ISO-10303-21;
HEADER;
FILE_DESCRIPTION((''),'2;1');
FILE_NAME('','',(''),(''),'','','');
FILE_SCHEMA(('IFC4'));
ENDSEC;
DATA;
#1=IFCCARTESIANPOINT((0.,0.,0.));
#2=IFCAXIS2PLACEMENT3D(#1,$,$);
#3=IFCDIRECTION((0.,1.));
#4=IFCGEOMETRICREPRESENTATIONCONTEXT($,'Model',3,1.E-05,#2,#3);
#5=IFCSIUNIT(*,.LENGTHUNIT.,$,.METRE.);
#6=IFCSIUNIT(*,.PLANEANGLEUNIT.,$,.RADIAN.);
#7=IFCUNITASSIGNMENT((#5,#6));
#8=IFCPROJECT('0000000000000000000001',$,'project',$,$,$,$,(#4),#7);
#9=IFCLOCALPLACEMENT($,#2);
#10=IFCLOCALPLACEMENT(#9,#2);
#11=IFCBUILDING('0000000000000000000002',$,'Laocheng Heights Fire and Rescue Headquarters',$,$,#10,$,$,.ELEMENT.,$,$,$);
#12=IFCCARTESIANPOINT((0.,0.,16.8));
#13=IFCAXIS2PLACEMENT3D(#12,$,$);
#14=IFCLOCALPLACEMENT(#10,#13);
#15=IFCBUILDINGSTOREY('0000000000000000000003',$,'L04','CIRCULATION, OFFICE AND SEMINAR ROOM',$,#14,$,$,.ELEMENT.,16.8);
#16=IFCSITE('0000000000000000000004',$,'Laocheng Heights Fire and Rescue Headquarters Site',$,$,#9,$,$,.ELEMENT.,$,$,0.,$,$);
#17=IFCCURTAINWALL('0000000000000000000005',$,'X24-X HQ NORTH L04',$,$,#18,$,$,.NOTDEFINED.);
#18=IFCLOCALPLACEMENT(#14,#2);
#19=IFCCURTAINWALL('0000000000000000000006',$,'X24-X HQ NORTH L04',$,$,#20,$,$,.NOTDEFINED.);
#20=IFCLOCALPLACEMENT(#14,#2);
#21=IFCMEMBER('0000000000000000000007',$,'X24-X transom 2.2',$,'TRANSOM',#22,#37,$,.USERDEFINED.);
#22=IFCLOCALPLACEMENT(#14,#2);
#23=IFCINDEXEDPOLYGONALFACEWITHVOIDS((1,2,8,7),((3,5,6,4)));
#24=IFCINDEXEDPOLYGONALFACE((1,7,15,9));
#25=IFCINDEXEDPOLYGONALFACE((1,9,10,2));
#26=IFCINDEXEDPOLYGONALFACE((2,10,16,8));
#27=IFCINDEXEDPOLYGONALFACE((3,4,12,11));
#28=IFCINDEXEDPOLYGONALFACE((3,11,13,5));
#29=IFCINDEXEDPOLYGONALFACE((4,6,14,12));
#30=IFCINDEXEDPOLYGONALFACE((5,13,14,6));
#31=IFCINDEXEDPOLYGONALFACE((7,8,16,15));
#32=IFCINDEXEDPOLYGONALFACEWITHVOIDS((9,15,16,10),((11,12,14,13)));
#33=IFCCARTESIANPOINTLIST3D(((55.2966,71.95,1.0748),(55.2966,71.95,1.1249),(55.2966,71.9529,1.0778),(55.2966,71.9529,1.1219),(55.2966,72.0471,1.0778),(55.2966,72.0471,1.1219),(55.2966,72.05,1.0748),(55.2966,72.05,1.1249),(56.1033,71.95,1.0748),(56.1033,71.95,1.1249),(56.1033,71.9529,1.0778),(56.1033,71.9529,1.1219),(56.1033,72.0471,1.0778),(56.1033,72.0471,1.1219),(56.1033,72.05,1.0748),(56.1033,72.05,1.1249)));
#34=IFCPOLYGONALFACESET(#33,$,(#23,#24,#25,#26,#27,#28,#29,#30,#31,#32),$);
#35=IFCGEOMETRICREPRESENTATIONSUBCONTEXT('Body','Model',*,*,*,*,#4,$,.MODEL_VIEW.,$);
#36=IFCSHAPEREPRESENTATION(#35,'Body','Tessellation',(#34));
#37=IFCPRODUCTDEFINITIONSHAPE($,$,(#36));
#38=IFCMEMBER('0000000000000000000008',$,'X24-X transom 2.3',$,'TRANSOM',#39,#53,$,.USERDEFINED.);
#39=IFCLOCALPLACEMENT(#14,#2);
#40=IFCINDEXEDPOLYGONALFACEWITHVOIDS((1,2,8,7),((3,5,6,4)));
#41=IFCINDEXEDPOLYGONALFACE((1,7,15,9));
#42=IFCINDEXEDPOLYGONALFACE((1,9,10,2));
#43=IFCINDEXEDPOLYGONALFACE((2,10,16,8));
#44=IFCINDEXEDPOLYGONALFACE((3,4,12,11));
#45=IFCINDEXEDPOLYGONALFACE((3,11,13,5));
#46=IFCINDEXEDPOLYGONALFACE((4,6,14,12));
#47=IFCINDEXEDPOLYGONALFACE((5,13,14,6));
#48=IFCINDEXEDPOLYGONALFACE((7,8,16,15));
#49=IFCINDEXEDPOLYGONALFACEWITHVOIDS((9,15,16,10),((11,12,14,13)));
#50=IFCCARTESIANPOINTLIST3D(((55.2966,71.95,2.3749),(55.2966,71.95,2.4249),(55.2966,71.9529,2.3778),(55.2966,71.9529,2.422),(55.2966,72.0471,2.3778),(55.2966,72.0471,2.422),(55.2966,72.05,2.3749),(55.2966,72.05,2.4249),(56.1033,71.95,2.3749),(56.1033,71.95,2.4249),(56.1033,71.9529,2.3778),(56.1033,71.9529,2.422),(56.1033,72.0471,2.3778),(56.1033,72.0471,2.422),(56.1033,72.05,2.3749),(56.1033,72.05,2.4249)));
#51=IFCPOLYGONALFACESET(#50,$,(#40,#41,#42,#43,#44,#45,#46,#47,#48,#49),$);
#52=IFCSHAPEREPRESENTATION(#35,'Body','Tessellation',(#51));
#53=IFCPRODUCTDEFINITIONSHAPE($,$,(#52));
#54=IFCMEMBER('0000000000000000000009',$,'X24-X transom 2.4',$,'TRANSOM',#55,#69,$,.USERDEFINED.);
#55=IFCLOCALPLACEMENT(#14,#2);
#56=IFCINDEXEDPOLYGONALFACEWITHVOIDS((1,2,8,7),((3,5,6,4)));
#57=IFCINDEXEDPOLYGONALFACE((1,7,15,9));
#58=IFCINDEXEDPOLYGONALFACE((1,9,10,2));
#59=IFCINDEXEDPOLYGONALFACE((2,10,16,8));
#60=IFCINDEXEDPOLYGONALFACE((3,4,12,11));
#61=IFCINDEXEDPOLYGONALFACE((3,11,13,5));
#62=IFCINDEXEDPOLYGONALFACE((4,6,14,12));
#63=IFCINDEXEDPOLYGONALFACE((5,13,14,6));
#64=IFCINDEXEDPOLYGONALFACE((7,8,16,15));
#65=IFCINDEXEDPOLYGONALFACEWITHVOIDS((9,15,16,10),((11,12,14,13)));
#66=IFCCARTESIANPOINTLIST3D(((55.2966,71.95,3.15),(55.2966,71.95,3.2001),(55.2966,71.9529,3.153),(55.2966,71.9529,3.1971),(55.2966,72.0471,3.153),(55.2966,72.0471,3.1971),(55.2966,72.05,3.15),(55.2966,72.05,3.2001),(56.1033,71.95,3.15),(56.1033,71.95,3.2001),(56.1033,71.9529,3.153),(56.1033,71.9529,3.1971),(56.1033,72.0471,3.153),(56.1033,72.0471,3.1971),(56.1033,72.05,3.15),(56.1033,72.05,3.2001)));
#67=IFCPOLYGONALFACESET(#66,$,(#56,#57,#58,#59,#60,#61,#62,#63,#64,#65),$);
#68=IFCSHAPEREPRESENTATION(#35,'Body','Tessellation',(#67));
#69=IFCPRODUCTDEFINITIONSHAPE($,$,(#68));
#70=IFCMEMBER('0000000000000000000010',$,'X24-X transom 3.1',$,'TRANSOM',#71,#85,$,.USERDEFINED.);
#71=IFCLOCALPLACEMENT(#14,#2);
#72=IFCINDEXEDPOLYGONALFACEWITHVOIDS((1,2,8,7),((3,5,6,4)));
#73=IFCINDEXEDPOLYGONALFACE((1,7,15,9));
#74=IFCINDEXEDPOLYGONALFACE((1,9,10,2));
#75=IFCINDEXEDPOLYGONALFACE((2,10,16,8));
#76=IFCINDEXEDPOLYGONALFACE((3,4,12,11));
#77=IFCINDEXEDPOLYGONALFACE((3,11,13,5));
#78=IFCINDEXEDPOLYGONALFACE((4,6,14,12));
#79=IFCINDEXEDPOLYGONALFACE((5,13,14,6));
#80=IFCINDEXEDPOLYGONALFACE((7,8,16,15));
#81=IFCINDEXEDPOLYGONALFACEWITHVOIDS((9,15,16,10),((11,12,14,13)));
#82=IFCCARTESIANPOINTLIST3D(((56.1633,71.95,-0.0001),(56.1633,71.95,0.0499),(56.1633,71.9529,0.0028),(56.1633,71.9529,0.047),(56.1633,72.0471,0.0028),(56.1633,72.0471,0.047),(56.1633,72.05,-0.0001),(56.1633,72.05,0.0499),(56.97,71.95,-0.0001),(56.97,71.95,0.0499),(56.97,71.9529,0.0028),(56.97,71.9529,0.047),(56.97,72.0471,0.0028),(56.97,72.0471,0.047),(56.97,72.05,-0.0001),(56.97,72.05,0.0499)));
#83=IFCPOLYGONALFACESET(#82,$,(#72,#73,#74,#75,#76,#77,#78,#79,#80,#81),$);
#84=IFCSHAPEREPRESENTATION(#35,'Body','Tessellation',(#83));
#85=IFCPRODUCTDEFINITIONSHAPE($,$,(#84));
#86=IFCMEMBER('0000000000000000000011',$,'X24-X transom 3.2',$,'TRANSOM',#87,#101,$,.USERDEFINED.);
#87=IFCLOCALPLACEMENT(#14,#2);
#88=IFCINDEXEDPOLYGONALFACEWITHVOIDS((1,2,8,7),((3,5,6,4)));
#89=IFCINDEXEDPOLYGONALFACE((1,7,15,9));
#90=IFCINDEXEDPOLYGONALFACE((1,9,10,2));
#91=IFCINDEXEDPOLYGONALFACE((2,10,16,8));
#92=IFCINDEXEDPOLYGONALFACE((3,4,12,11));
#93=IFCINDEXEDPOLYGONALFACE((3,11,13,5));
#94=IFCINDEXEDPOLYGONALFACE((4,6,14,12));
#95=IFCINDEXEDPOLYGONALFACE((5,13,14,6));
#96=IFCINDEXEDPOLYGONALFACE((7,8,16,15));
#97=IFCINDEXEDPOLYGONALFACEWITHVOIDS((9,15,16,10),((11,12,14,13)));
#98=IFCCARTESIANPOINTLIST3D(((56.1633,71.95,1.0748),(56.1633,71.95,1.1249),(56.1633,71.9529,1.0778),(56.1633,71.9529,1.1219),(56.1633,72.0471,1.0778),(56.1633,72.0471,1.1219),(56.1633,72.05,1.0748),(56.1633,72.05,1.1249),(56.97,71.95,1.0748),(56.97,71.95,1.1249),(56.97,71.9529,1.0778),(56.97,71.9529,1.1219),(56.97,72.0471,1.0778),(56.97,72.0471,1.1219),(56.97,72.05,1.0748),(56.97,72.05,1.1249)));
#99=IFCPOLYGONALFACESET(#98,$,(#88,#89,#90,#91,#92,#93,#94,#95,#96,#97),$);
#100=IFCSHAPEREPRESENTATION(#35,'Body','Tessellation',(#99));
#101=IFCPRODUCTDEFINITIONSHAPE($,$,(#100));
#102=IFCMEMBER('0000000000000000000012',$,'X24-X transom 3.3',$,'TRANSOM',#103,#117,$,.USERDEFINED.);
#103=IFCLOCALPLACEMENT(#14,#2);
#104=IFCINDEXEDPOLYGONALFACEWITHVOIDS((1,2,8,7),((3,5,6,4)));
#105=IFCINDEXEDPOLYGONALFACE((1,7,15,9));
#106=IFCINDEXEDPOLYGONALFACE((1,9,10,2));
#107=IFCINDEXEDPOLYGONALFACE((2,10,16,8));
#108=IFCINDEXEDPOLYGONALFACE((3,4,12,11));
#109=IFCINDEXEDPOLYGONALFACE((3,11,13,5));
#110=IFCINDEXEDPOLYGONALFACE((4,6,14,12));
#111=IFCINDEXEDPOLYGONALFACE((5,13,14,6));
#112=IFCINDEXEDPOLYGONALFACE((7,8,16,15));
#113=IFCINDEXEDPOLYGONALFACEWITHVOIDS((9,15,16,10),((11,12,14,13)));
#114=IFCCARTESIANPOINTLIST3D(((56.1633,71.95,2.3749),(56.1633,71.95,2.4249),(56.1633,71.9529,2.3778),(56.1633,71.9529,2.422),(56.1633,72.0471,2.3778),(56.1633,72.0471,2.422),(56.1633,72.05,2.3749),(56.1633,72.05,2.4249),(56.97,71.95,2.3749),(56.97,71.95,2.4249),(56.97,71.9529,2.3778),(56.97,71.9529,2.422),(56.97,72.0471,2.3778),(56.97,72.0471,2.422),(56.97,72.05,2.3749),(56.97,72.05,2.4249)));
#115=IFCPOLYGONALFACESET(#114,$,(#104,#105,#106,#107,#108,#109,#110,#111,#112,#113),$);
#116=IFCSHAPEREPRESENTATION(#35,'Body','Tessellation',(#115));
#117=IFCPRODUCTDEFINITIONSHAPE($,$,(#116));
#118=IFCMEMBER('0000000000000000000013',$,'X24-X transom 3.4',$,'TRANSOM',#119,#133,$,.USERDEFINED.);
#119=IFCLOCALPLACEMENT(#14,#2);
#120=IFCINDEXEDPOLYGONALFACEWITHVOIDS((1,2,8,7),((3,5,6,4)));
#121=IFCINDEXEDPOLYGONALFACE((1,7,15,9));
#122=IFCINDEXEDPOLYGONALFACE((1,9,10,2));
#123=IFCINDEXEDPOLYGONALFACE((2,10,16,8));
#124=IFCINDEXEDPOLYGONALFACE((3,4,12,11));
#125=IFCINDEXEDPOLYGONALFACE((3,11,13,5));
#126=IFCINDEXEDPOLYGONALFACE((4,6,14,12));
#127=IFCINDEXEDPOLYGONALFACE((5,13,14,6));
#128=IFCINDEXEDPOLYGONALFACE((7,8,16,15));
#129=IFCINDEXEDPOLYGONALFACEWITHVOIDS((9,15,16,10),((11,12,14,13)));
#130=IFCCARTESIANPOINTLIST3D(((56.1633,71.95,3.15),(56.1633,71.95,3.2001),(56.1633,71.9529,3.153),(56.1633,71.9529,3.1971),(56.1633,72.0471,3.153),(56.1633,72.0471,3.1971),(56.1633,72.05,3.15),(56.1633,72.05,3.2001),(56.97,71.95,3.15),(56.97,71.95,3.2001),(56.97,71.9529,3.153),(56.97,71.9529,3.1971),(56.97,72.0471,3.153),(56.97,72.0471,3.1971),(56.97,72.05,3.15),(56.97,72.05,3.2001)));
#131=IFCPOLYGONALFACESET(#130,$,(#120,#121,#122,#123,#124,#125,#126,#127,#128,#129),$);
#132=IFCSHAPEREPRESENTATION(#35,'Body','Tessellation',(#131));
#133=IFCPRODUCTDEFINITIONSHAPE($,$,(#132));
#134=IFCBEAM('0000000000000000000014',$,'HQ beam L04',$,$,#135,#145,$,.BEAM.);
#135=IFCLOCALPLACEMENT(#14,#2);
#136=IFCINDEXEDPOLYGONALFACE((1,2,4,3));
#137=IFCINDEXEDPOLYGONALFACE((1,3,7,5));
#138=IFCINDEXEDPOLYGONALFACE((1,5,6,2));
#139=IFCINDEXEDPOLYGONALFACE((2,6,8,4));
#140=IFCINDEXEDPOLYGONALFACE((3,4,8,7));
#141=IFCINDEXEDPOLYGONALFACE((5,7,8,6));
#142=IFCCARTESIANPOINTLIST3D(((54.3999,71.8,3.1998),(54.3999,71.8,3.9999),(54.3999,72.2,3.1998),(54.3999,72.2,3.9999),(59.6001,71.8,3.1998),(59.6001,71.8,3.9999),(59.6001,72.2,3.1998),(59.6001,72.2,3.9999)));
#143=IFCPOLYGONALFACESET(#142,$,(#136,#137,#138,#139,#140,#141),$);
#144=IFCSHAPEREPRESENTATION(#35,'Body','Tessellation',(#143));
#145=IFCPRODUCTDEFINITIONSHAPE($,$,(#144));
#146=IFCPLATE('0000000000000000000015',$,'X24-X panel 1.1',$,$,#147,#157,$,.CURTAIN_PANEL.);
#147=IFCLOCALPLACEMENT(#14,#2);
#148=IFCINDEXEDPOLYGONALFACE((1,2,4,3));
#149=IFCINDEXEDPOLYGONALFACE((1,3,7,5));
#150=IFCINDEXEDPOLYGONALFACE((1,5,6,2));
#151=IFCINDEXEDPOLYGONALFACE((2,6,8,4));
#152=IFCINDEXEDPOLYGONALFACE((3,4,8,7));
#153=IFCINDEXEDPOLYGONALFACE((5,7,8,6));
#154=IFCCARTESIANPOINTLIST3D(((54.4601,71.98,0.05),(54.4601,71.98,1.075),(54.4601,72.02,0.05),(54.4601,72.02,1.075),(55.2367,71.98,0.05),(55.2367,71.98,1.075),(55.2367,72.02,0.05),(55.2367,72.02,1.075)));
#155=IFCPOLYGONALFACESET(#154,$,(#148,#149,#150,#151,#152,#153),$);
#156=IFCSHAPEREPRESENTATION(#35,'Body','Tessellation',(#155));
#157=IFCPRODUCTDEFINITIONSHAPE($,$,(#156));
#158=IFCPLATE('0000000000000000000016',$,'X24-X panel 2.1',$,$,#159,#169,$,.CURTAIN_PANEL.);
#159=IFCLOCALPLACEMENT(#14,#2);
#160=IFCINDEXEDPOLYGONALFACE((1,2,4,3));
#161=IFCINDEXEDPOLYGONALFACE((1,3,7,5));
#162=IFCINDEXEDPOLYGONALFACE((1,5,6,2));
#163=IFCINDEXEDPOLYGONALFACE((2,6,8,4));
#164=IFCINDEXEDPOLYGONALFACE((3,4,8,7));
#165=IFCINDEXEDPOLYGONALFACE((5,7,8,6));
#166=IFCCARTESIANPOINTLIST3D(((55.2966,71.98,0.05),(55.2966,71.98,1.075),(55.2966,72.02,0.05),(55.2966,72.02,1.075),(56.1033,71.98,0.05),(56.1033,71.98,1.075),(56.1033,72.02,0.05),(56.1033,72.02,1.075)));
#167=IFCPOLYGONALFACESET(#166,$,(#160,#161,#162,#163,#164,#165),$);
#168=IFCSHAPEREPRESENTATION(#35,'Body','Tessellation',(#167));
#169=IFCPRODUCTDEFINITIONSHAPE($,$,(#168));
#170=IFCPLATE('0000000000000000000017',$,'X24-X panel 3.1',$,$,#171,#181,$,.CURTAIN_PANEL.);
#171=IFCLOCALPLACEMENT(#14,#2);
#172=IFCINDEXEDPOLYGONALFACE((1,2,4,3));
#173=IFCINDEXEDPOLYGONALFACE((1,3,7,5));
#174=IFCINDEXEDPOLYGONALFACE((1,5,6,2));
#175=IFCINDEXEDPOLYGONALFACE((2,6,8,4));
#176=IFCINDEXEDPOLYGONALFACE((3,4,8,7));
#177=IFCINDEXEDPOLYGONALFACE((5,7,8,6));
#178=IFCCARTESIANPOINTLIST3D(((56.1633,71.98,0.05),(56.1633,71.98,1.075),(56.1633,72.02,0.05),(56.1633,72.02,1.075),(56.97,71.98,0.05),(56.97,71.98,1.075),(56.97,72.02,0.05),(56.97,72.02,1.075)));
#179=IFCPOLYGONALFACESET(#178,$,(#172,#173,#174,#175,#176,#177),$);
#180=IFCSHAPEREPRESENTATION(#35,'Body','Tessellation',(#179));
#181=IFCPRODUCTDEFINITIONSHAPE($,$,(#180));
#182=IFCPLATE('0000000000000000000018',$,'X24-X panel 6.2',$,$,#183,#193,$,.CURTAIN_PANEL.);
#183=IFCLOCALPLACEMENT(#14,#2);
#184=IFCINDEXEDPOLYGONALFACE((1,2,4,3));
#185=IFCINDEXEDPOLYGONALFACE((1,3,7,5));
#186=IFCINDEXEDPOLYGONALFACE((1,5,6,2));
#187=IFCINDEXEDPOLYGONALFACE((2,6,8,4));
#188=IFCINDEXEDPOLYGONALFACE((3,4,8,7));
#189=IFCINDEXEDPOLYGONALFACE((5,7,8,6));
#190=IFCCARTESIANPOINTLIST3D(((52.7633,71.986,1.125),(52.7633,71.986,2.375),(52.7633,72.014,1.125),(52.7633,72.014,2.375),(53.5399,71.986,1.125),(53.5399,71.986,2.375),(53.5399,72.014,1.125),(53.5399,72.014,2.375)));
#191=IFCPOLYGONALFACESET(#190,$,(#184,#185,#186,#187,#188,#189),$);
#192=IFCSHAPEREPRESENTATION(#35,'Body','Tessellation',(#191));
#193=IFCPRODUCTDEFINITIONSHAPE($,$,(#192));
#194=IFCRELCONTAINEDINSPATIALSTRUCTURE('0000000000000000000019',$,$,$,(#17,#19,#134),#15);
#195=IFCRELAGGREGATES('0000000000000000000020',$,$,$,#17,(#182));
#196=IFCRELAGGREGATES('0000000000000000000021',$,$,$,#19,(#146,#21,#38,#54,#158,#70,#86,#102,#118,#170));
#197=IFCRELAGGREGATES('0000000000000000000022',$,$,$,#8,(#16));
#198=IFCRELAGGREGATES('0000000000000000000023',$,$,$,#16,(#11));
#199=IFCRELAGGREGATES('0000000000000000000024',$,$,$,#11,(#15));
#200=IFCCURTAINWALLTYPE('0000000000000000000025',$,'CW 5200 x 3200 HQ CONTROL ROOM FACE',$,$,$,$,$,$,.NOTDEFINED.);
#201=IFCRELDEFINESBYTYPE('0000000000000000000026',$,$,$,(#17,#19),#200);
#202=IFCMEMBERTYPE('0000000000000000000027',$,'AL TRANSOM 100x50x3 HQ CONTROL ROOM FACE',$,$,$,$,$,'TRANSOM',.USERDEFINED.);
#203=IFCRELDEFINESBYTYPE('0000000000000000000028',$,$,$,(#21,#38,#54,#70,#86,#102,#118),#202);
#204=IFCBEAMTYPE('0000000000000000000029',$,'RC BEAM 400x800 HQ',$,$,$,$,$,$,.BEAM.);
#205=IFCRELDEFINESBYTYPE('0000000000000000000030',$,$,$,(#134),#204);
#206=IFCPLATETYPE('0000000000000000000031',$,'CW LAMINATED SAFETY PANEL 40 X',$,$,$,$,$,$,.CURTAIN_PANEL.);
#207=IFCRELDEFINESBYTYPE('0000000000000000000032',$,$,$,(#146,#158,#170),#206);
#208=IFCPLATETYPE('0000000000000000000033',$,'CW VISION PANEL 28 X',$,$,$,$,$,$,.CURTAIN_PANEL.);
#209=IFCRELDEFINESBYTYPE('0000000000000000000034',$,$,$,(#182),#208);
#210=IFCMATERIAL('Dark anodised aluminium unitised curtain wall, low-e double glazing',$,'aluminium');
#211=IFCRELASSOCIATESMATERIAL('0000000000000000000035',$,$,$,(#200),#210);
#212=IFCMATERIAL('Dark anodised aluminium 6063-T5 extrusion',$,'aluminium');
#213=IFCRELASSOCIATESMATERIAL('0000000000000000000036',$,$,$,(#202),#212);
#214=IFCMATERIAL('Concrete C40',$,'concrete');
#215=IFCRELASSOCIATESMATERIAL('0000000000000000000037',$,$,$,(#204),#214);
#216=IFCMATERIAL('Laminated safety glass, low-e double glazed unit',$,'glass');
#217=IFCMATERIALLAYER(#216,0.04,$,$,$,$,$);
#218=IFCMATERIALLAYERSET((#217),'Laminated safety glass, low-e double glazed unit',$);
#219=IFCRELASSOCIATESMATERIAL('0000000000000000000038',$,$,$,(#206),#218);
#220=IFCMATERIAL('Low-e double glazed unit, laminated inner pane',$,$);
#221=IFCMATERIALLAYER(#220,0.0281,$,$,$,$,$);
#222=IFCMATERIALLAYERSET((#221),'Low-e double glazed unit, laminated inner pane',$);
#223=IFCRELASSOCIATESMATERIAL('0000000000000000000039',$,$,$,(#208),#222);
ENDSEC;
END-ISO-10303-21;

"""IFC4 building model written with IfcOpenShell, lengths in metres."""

from ifc_helpers import new_model, si_unit, direction, frame, origin, origin_2d, place, context, subcontext, project, spatial, rectangle, hollow_rectangle, extrude, material, layer, layer_set, material_profile, profile_set, type_object, element, aggregate, save


model = new_model("IFC4")

# Units and contexts
model_context = context("Model", 3, precision=1e-05, world=origin(), true_north=direction((0.0, 1.0)))
body_context = subcontext(model_context, "Body", "Model", "MODEL_VIEW")
ifc_project = project(units=[si_unit("LENGTHUNIT", "METRE"), si_unit("PLANEANGLEUNIT", "RADIAN")], contexts=[model_context])

# Site, building, storey
site_placement = place(None, origin())
site = spatial("IfcSite", under=ifc_project, at=site_placement, Name="Laocheng Heights Fire and Rescue Headquarters Site", CompositionType="ELEMENT", RefElevation=0.0)
building_placement = place(site_placement, origin())
building = spatial("IfcBuilding", under=site, at=building_placement, Name="Laocheng Heights Fire and Rescue Headquarters", CompositionType="ELEMENT")
storey_placement = place(building_placement, frame((0.0, 0.0, 16.8)))
storey = spatial("IfcBuildingStorey", under=building, at=storey_placement, Name="L04", Description="CIRCULATION, OFFICE AND SEMINAR ROOM", CompositionType="ELEMENT", Elevation=16.8)

# Curtain wall
ifc_material_1 = material(Name="Dark anodised aluminium unitised curtain wall, low-e double glazing", Category="aluminium")
curtain_wall_type = type_object("IfcCurtainWallType", Name="CW 5200 x 3200 HQ CONTROL ROOM FACE", PredefinedType="NOTDEFINED", material=ifc_material_1)
curtain_wall_1_placement = place(storey_placement, origin())
curtain_wall_1 = element("IfcCurtainWall", 1, at=curtain_wall_1_placement, inside=storey, type_object=curtain_wall_type, Name="X24-X HQ NORTH L04", PredefinedType="NOTDEFINED")

# Curtain wall, members
curtain_wall_2_placement = place(storey_placement, origin())
curtain_wall_2 = element("IfcCurtainWall", 2, at=curtain_wall_2_placement, inside=storey, type_object=curtain_wall_type, Name="X24-X HQ NORTH L04", PredefinedType="NOTDEFINED")
ifc_material_2 = material(Name="Dark anodised aluminium 6063-T5 extrusion", Category="aluminium")
ifc_material_profile_1 = material_profile(ifc_material_2, hollow_rectangle(XDim=0.1001, YDim=0.05, WallThickness=0.0029, at=origin_2d()), Name="AL TRANSOM 100x50x3 HQ CONTROL ROOM FACE")
ifc_profile_set_1 = profile_set([ifc_material_profile_1], Name="Dark anodised aluminium 6063-T5 extrusion")
member_type_1 = type_object("IfcMemberType", Name="AL TRANSOM 100x50x3 HQ CONTROL ROOM FACE", ElementType="TRANSOM", PredefinedType="USERDEFINED", material=ifc_profile_set_1)
member_1_placement = place(storey_placement, frame((55.2966, 72.0, 1.0999), z_axis=(1.0, 0.0, 0.0), x_axis=(0.0, 1.0, 0.0)))
member_1 = element("IfcMember", 3, at=member_1_placement, type_object=member_type_1, Name="X24-X transom 2.2", ObjectType="TRANSOM", PredefinedType="USERDEFINED", context=body_context, shape_type="SweptSolid", body=[
    extrude(hollow_rectangle(XDim=0.1001, YDim=0.05, WallThickness=0.0029, at=origin_2d()), origin(), (0.0, 0.0, 1.0), 0.8066),
])
member_2_placement = place(storey_placement, frame((55.2966, 72.0, 2.3999), z_axis=(1.0, 0.0, 0.0), x_axis=(0.0, 1.0, 0.0)))
member_2 = element("IfcMember", 4, at=member_2_placement, type_object=member_type_1, Name="X24-X transom 2.3", ObjectType="TRANSOM", PredefinedType="USERDEFINED", context=body_context, shape_type="SweptSolid", body=[
    extrude(hollow_rectangle(XDim=0.1001, YDim=0.05, WallThickness=0.0029, at=origin_2d()), origin(), (0.0, 0.0, 1.0), 0.8066),
])
member_3_placement = place(storey_placement, frame((55.2966, 72.0, 3.175), z_axis=(1.0, 0.0, 0.0), x_axis=(0.0, 1.0, 0.0)))
member_3 = element("IfcMember", 5, at=member_3_placement, type_object=member_type_1, Name="X24-X transom 2.4", ObjectType="TRANSOM", PredefinedType="USERDEFINED", context=body_context, shape_type="SweptSolid", body=[
    extrude(hollow_rectangle(XDim=0.1001, YDim=0.05, WallThickness=0.0029, at=origin_2d()), origin(), (0.0, 0.0, 1.0), 0.8066),
])
member_4_placement = place(storey_placement, frame((56.1633, 72.0, 0.0249), z_axis=(1.0, 0.0, 0.0), x_axis=(0.0, 1.0, 0.0)))
member_4 = element("IfcMember", 6, at=member_4_placement, type_object=member_type_1, Name="X24-X transom 3.1", ObjectType="TRANSOM", PredefinedType="USERDEFINED", context=body_context, shape_type="SweptSolid", body=[
    extrude(hollow_rectangle(XDim=0.1001, YDim=0.05, WallThickness=0.0029, at=origin_2d()), origin(), (0.0, 0.0, 1.0), 0.8066),
])
member_5_placement = place(storey_placement, frame((56.1633, 72.0, 1.0999), z_axis=(1.0, 0.0, 0.0), x_axis=(0.0, 1.0, 0.0)))
member_5 = element("IfcMember", 7, at=member_5_placement, type_object=member_type_1, Name="X24-X transom 3.2", ObjectType="TRANSOM", PredefinedType="USERDEFINED", context=body_context, shape_type="SweptSolid", body=[
    extrude(hollow_rectangle(XDim=0.1001, YDim=0.05, WallThickness=0.0029, at=origin_2d()), origin(), (0.0, 0.0, 1.0), 0.8066),
])
member_6_placement = place(storey_placement, frame((56.1633, 72.0, 2.3999), z_axis=(1.0, 0.0, 0.0), x_axis=(0.0, 1.0, 0.0)))
member_6 = element("IfcMember", 8, at=member_6_placement, type_object=member_type_1, Name="X24-X transom 3.3", ObjectType="TRANSOM", PredefinedType="USERDEFINED", context=body_context, shape_type="SweptSolid", body=[
    extrude(hollow_rectangle(XDim=0.1001, YDim=0.05, WallThickness=0.0029, at=origin_2d()), origin(), (0.0, 0.0, 1.0), 0.8066),
])
member_7_placement = place(storey_placement, frame((56.1633, 72.0, 3.175), z_axis=(1.0, 0.0, 0.0), x_axis=(0.0, 1.0, 0.0)))
member_7 = element("IfcMember", 9, at=member_7_placement, type_object=member_type_1, Name="X24-X transom 3.4", ObjectType="TRANSOM", PredefinedType="USERDEFINED", context=body_context, shape_type="SweptSolid", body=[
    extrude(hollow_rectangle(XDim=0.1001, YDim=0.05, WallThickness=0.0029, at=origin_2d()), origin(), (0.0, 0.0, 1.0), 0.8066),
])

# Beam
ifc_material_3 = material(Name="Concrete C40", Category="concrete")
ifc_material_profile_2 = material_profile(ifc_material_3, rectangle(XDim=0.3999, YDim=0.8, at=origin_2d()), Name="RC BEAM 400x800 HQ")
ifc_profile_set_2 = profile_set([ifc_material_profile_2], Name="Concrete C40")
beam_type = type_object("IfcBeamType", Name="RC BEAM 400x800 HQ", PredefinedType="BEAM", material=ifc_profile_set_2)
beam_placement = place(storey_placement, frame((54.3999, 72.0, 3.5999), z_axis=(1.0, 0.0, 0.0), x_axis=(0.0, 1.0, 0.0)))
element("IfcBeam", 10, at=beam_placement, inside=storey, type_object=beam_type, Name="HQ beam L04", PredefinedType="BEAM", context=body_context, shape_type="SweptSolid", body=[
    extrude(rectangle(XDim=0.3999, YDim=0.8, at=origin_2d()), origin(), (0.0, 0.0, 1.0), 5.2002),
])

# Plates
ifc_material_4 = material(Name="Laminated safety glass, low-e double glazed unit", Category="glass")
ifc_layer_1 = layer(ifc_material_4, 0.04)
ifc_layer_set_1 = layer_set([ifc_layer_1], Name="Laminated safety glass, low-e double glazed unit")
plate_type_1 = type_object("IfcPlateType", Name="CW LAMINATED SAFETY PANEL 40 X", PredefinedType="CURTAIN_PANEL", material=ifc_layer_set_1)
plate_1_placement = place(storey_placement, frame((54.8484, 72.0, 0.05), z_axis=(0.0, 0.0, 1.0), x_axis=(1.0, 0.0, 0.0)))
plate_1 = element("IfcPlate", 11, at=plate_1_placement, type_object=plate_type_1, Name="X24-X panel 1.1", PredefinedType="CURTAIN_PANEL", context=body_context, shape_type="SweptSolid", body=[
    extrude(rectangle(XDim=0.7766, YDim=0.04, at=origin_2d()), origin(), (0.0, 0.0, 1.0), 1.0249),
])
plate_2_placement = place(storey_placement, frame((55.7, 72.0, 0.05), z_axis=(0.0, 0.0, 1.0), x_axis=(1.0, 0.0, 0.0)))
plate_2 = element("IfcPlate", 12, at=plate_2_placement, type_object=plate_type_1, Name="X24-X panel 2.1", PredefinedType="CURTAIN_PANEL", context=body_context, shape_type="SweptSolid", body=[
    extrude(rectangle(XDim=0.8066, YDim=0.04, at=origin_2d()), origin(), (0.0, 0.0, 1.0), 1.0249),
])
plate_3_placement = place(storey_placement, frame((56.5667, 72.0, 0.05), z_axis=(0.0, 0.0, 1.0), x_axis=(1.0, 0.0, 0.0)))
plate_3 = element("IfcPlate", 13, at=plate_3_placement, type_object=plate_type_1, Name="X24-X panel 3.1", PredefinedType="CURTAIN_PANEL", context=body_context, shape_type="SweptSolid", body=[
    extrude(rectangle(XDim=0.8066, YDim=0.04, at=origin_2d()), origin(), (0.0, 0.0, 1.0), 1.0249),
])
ifc_material_5 = material(Name="Low-e double glazed unit, laminated inner pane")
ifc_layer_2 = layer(ifc_material_5, 0.0281)
ifc_layer_set_2 = layer_set([ifc_layer_2], Name="Low-e double glazed unit, laminated inner pane")
plate_type_2 = type_object("IfcPlateType", Name="CW VISION PANEL 28 X", PredefinedType="CURTAIN_PANEL", material=ifc_layer_set_2)
plate_4_placement = place(storey_placement, frame((53.1516, 72.0, 1.125), z_axis=(0.0, 0.0, 1.0), x_axis=(1.0, 0.0, 0.0)))
plate_4 = element("IfcPlate", 14, at=plate_4_placement, type_object=plate_type_2, Name="X24-X panel 6.2", PredefinedType="CURTAIN_PANEL", context=body_context, shape_type="SweptSolid", body=[
    extrude(rectangle(XDim=0.7766, YDim=0.0281, at=origin_2d()), origin(), (0.0, 0.0, 1.0), 1.25),
])
aggregate(curtain_wall_1, [plate_4])
aggregate(curtain_wall_2, [plate_1, member_1, member_2, member_3, plate_2, member_4, member_5, member_6, member_7, plate_3])

save(model, "model.ifc")
